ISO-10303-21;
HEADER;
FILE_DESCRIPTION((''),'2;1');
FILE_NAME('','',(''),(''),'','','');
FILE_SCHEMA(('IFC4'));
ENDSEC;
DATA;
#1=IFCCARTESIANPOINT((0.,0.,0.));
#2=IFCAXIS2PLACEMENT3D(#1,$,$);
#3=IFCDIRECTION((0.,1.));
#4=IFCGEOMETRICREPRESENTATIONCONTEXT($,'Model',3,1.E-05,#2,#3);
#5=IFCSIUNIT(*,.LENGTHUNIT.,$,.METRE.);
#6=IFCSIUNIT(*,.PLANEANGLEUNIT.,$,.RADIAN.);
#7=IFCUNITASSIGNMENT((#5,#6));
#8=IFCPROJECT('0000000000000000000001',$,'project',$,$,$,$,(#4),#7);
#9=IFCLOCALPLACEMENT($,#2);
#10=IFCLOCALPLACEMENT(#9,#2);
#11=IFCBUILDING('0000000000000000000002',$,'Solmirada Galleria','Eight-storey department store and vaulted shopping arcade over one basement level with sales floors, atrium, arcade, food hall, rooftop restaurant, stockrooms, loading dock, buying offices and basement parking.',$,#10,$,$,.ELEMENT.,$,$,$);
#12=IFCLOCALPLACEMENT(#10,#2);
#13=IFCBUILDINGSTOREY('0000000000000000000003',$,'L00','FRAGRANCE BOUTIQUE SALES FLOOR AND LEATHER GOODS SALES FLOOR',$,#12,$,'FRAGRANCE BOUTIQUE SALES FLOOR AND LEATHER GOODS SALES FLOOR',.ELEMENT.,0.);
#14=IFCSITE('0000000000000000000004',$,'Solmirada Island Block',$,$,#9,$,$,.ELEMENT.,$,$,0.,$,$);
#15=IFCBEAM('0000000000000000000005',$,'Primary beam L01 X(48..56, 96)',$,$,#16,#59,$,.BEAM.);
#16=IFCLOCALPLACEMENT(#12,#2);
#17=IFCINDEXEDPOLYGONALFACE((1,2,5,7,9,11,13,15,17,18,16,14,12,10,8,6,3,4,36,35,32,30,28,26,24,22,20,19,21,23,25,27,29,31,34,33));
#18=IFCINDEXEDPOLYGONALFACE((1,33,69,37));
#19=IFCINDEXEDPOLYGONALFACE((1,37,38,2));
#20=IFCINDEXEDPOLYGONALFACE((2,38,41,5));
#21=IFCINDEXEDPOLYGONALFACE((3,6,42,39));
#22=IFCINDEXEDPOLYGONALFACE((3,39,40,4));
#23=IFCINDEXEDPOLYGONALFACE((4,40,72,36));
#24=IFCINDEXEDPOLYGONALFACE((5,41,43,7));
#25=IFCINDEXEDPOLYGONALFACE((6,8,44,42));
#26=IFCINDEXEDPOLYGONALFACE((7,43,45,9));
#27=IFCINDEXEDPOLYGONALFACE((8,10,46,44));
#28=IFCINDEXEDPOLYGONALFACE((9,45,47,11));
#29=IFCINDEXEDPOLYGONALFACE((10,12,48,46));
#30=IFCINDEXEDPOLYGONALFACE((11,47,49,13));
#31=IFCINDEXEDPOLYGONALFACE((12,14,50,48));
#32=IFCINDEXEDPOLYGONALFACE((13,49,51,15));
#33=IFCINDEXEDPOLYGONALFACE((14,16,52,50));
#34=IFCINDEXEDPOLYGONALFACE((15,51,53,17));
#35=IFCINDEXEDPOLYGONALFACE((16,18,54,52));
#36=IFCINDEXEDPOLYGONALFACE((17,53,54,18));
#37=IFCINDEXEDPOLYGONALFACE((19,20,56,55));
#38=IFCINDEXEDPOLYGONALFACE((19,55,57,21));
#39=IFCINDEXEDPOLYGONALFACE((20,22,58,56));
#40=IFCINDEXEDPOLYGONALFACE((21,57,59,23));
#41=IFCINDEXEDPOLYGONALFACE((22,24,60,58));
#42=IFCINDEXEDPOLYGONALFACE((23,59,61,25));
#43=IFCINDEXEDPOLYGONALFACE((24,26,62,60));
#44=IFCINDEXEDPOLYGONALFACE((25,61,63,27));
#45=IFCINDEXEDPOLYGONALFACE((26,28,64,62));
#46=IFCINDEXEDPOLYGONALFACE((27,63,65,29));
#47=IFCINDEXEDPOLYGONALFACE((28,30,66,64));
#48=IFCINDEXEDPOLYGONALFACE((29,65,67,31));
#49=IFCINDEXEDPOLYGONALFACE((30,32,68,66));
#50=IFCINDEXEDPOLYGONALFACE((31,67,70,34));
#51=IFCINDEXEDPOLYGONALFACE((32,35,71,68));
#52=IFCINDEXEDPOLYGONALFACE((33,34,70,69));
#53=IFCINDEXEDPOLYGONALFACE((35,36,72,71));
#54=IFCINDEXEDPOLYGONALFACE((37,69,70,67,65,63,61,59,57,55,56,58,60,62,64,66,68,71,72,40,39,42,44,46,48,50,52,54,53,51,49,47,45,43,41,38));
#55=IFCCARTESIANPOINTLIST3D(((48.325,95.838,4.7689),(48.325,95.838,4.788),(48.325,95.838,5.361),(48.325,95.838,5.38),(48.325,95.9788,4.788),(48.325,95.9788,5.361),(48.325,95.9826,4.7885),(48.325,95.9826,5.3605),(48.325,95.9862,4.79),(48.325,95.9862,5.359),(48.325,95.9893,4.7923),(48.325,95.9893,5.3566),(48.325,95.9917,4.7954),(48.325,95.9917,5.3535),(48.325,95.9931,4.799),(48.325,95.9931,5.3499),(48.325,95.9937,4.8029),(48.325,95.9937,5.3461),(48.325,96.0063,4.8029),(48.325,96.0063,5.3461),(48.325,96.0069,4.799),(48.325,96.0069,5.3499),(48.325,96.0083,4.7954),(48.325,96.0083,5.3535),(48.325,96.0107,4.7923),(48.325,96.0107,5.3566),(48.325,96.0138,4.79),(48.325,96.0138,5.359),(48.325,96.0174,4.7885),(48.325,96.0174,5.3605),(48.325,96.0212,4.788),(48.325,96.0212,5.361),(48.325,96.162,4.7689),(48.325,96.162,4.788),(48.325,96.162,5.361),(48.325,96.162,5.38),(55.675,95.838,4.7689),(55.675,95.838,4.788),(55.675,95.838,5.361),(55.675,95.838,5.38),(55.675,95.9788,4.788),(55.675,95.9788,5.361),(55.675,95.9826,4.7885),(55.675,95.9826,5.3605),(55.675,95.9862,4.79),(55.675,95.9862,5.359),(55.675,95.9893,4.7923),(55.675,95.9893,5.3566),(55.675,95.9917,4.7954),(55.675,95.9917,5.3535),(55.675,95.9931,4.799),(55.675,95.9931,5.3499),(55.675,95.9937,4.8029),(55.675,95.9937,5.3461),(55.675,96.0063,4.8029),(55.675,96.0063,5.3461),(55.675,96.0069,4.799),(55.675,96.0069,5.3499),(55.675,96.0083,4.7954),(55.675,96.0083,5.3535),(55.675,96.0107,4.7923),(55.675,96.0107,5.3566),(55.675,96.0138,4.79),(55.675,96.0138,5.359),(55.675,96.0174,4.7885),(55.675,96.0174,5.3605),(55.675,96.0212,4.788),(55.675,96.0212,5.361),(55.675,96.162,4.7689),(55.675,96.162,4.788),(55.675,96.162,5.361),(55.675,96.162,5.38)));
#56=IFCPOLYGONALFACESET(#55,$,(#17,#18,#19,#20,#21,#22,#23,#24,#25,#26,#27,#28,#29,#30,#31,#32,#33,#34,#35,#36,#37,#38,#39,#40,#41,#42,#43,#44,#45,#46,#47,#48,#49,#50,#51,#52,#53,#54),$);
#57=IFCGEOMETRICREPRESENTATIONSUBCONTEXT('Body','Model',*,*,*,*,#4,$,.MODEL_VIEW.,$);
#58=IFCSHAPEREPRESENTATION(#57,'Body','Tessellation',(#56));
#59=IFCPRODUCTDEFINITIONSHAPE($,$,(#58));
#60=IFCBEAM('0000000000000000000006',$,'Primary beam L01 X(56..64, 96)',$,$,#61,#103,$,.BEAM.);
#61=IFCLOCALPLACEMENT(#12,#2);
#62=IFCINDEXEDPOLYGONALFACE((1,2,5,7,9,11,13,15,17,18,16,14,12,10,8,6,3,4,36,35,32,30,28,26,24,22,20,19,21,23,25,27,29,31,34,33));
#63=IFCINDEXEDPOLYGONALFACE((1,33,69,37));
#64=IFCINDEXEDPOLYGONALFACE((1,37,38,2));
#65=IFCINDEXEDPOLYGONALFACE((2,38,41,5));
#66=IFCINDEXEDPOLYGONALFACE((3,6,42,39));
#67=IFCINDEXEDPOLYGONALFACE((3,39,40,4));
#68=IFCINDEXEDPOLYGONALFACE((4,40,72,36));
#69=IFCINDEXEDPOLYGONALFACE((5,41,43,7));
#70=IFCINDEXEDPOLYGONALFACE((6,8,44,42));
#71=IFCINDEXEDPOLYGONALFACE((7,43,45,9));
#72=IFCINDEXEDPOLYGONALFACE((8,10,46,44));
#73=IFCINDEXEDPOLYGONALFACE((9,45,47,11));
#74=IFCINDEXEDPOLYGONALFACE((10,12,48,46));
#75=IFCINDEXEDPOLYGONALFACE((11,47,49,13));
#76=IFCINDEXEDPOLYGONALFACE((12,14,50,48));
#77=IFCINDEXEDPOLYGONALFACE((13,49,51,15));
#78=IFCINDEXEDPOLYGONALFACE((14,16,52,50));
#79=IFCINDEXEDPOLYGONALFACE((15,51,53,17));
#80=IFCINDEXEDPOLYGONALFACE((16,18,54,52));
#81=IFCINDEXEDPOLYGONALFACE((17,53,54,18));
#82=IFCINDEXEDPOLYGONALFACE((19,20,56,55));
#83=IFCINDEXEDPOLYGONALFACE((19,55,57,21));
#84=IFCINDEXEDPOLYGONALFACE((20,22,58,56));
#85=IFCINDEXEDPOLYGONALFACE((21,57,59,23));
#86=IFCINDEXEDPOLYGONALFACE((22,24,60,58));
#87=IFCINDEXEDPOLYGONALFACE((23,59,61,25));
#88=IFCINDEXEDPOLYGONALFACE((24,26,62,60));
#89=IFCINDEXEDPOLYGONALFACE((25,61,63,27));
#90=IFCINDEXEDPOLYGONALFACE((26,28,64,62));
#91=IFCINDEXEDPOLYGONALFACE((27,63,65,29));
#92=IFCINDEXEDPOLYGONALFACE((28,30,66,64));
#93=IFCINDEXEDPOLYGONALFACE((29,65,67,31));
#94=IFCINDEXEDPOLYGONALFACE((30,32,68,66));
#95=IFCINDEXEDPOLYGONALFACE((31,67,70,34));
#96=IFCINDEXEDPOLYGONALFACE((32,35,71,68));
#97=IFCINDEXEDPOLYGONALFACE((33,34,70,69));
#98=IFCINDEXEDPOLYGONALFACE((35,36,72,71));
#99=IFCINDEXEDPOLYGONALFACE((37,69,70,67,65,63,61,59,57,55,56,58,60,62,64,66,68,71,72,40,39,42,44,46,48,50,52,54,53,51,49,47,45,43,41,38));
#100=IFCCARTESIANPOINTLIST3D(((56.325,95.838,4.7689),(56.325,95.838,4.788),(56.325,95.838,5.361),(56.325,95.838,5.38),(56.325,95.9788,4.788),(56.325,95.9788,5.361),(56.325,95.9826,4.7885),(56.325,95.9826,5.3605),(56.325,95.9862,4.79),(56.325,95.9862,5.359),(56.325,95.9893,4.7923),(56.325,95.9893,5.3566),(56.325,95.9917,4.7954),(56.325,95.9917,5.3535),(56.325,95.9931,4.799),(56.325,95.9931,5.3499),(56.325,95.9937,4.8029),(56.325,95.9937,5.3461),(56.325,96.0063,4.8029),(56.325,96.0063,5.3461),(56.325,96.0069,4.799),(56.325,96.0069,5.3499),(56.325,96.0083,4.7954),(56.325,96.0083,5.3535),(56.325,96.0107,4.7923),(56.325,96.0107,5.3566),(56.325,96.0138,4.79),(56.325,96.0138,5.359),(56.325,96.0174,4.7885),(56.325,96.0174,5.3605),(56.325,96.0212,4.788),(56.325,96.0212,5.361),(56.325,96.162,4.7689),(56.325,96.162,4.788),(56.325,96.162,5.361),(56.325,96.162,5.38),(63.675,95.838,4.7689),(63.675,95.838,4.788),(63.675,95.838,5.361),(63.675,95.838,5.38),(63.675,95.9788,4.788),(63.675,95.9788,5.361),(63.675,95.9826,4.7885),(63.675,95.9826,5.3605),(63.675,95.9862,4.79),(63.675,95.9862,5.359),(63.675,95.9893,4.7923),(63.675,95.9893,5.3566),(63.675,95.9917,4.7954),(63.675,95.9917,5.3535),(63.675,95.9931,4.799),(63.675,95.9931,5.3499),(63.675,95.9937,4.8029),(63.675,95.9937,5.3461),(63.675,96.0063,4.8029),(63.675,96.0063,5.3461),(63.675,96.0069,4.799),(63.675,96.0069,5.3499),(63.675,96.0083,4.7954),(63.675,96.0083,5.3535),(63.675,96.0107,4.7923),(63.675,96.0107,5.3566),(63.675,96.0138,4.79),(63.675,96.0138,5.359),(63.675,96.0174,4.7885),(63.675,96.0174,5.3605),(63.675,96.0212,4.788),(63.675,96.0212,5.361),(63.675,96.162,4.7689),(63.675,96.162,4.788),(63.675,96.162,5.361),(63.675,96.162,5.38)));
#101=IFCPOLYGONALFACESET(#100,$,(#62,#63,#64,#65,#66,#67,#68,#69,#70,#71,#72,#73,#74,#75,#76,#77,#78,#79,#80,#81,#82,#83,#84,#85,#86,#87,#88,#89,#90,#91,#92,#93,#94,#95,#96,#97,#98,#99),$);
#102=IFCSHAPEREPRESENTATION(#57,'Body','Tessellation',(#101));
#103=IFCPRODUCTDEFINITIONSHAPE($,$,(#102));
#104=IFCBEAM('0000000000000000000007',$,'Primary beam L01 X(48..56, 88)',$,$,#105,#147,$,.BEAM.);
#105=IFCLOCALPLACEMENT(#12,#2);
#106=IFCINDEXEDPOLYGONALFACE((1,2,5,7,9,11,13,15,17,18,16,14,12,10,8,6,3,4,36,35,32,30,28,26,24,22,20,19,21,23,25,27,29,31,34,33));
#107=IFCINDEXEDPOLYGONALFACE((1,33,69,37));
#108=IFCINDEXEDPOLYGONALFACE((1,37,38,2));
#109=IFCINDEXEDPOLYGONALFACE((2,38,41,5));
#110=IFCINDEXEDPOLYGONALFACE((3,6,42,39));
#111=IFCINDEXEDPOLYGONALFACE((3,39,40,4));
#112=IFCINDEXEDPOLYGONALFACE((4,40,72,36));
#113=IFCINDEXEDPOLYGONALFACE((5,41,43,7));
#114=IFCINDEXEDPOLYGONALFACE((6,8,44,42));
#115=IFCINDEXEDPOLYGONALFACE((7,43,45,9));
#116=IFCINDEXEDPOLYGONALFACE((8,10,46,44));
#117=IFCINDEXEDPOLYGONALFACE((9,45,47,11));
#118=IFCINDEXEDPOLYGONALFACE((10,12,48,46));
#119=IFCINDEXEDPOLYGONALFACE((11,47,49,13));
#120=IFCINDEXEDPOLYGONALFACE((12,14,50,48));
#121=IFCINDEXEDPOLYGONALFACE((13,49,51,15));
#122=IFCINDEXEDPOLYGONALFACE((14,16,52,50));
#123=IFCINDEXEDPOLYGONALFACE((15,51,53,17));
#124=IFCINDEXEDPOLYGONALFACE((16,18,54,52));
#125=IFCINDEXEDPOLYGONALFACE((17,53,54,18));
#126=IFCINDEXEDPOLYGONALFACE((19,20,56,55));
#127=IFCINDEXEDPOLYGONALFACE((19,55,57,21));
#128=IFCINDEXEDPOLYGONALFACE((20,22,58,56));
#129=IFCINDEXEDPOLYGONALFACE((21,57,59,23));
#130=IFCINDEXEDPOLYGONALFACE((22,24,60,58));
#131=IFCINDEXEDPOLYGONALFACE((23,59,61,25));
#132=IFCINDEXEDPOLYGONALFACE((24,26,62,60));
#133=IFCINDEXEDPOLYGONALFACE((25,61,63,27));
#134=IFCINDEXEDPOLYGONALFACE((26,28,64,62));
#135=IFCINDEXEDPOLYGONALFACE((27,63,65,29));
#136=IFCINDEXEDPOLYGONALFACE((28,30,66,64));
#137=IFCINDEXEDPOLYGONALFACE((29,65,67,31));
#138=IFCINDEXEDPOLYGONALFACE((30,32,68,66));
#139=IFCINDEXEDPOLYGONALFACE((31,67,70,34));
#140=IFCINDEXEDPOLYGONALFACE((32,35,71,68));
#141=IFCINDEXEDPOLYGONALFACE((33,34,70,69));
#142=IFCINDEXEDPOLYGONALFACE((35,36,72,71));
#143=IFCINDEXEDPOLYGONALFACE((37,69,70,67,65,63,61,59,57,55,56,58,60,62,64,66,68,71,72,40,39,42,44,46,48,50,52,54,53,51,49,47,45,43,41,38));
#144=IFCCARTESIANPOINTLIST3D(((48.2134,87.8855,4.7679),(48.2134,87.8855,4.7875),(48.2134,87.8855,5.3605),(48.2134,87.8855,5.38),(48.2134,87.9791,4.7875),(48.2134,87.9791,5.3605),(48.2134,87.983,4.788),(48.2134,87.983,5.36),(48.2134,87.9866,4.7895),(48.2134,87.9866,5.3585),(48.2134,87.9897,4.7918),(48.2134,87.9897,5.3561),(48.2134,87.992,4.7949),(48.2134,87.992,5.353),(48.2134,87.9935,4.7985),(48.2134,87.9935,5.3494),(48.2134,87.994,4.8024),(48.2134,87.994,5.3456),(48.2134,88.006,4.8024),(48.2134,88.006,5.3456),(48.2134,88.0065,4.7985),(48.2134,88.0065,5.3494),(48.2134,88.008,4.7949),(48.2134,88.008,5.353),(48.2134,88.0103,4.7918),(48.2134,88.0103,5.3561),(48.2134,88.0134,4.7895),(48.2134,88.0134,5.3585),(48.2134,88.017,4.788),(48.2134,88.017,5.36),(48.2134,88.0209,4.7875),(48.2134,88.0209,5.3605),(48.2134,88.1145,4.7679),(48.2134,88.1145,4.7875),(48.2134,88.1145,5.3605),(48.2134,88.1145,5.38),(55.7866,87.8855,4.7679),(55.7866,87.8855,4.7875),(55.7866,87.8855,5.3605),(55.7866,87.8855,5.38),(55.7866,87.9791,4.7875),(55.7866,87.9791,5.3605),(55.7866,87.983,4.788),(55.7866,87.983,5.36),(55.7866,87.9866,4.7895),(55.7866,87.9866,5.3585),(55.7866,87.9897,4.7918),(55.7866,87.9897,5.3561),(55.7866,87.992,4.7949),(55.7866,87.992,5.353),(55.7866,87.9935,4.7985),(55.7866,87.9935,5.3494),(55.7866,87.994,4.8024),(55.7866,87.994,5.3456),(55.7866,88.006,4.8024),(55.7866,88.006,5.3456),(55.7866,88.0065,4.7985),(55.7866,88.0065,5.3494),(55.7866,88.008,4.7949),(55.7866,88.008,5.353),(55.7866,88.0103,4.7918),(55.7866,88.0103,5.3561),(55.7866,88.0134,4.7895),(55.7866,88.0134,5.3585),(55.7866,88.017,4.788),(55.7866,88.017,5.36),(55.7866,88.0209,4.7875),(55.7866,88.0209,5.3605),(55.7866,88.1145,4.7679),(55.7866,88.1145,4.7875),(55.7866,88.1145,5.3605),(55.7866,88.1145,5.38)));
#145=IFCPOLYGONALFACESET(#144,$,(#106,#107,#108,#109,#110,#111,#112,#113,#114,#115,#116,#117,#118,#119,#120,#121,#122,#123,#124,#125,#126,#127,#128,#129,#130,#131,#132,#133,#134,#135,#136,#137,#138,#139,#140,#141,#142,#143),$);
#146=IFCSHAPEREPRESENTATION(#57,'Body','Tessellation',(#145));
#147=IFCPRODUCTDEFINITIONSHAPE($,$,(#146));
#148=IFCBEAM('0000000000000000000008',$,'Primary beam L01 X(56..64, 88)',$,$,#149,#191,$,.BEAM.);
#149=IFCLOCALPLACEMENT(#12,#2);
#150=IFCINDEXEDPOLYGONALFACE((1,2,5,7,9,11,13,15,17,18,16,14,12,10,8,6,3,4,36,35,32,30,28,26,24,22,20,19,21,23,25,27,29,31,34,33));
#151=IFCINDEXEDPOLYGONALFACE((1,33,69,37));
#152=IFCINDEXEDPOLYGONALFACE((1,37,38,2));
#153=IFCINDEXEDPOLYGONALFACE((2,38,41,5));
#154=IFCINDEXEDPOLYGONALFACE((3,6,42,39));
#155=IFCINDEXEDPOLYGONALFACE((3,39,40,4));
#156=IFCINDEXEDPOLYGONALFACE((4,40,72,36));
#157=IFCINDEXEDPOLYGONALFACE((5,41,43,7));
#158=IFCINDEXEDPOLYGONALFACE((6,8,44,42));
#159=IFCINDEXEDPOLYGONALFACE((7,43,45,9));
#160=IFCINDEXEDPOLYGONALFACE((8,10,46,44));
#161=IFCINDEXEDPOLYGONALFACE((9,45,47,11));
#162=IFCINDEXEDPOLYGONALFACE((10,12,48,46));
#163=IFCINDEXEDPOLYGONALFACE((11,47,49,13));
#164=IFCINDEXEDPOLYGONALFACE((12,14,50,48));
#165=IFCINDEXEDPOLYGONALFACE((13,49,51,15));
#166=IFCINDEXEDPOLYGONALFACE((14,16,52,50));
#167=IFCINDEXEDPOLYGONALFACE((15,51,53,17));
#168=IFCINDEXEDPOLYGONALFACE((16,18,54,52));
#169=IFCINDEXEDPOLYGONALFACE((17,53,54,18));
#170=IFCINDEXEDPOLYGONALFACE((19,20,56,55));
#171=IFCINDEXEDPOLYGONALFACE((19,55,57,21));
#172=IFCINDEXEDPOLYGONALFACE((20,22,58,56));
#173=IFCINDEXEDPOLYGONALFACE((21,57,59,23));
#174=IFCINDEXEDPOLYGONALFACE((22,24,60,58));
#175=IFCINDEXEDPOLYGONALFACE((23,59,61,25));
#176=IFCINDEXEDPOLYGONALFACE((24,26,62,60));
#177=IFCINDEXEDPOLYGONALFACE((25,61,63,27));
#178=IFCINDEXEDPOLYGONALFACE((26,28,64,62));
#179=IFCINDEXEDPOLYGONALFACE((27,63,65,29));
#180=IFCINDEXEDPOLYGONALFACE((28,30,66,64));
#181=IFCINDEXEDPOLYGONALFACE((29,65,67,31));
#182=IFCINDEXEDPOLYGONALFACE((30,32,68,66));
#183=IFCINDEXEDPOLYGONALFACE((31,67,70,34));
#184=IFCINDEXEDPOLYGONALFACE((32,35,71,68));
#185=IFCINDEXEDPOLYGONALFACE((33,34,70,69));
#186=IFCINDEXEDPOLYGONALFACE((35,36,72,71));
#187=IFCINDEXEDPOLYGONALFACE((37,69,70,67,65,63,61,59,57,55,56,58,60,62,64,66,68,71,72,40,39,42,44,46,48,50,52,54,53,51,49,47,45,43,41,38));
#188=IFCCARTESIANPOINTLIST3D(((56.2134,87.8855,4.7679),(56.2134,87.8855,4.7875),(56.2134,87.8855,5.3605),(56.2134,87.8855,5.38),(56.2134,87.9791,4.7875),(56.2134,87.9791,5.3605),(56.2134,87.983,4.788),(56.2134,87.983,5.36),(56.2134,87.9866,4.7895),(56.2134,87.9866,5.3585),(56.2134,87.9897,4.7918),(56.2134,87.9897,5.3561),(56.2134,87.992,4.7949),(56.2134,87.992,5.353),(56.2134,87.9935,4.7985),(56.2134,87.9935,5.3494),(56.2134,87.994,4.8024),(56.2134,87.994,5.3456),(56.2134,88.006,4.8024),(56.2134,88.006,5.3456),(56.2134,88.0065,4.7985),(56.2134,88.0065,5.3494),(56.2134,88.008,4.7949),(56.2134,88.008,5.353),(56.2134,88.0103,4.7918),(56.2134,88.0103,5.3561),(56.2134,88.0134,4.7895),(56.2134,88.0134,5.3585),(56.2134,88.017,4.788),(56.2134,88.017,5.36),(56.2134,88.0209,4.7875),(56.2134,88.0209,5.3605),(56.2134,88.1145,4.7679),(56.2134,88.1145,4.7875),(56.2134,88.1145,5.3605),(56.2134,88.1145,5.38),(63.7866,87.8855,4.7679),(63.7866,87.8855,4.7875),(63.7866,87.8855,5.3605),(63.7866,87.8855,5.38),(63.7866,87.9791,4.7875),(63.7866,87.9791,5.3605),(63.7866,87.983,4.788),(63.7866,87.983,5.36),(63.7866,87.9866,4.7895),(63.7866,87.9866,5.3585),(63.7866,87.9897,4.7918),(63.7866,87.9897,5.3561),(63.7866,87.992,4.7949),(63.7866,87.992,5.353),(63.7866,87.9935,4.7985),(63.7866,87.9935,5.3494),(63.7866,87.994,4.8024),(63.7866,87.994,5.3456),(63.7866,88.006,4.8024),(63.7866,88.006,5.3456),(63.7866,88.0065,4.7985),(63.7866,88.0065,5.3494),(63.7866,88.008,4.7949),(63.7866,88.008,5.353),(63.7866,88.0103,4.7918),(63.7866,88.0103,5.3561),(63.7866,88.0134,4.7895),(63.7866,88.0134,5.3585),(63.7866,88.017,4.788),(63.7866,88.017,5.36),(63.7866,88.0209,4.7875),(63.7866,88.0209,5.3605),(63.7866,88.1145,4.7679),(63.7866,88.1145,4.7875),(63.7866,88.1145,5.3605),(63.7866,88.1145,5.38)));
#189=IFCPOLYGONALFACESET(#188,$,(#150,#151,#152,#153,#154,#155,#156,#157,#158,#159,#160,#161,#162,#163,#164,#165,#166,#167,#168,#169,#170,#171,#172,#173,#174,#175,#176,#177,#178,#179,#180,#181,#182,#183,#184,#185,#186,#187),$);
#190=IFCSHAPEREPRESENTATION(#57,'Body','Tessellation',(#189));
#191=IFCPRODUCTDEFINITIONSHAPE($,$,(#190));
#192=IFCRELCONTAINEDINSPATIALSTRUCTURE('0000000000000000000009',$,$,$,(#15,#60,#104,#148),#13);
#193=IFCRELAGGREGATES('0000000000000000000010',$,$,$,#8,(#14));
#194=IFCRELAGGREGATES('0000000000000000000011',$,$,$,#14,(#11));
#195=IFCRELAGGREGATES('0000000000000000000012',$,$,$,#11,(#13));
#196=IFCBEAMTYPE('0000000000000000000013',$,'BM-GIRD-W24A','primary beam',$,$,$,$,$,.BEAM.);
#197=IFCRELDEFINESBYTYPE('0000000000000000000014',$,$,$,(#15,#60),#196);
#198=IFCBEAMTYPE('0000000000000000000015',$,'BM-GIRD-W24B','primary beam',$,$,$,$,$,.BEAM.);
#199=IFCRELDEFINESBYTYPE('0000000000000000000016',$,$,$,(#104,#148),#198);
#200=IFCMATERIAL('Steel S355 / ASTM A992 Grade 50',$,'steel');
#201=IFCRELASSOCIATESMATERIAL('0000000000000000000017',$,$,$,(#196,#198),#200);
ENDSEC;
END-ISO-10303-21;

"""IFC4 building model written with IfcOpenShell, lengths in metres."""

from ifc_helpers import new_model, si_unit, direction, frame, origin, origin_2d, place, context, subcontext, project, spatial, i_section, extrude, material, material_profile, profile_set, type_object, element, save


model = new_model("IFC4")

# Units and contexts
model_context = context("Model", 3, precision=1e-05, world=origin(), true_north=direction((0.0, 1.0)))
body_context = subcontext(model_context, "Body", "Model", "MODEL_VIEW")
ifc_project = project(units=[si_unit("LENGTHUNIT", "METRE"), si_unit("PLANEANGLEUNIT", "RADIAN")], contexts=[model_context])

# Site, building, storey
site_placement = place(None, origin())
site = spatial("IfcSite", under=ifc_project, at=site_placement, Name="Solmirada Island Block", CompositionType="ELEMENT", RefElevation=0.0)
building_placement = place(site_placement, origin())
building = spatial("IfcBuilding", under=site, at=building_placement, Name="Solmirada Galleria", Description="Eight-storey department store and vaulted shopping arcade over one basement level with sales floors, atrium, arcade, food hall, rooftop restaurant, stockrooms, loading dock, buying offices and basement parking.", CompositionType="ELEMENT")
storey_placement = place(building_placement, origin())
storey = spatial("IfcBuildingStorey", under=building, at=storey_placement, Name="L00", Description="FRAGRANCE BOUTIQUE SALES FLOOR AND LEATHER GOODS SALES FLOOR", LongName="FRAGRANCE BOUTIQUE SALES FLOOR AND LEATHER GOODS SALES FLOOR", CompositionType="ELEMENT", Elevation=0.0)

# Beams
ifc_material_1 = material(Name="Steel S355 / ASTM A992 Grade 50", Category="steel")
ifc_material_profile_1 = material_profile(ifc_material_1, i_section(OverallWidth=0.324, OverallDepth=0.6111, WebThickness=0.0127, FlangeThickness=0.019, FilletRadius=0.0149, at=origin_2d()), Name="W24X104")
ifc_profile_set_1 = profile_set([ifc_material_profile_1], Name="Steel S355 / ASTM A992 Grade 50")
beam_type_1 = type_object("IfcBeamType", Name="BM-GIRD-W24A", Description="primary beam", PredefinedType="BEAM", material=ifc_profile_set_1)
for number, where, z_axis, x_axis, name in (
    (1, (48.325, 96.0, 5.0745), (1.0, 0.0, 0.0), (0.0, 1.0, 0.0), "Primary beam L01 X(48..56, 96)"),
    (2, (56.325, 96.0, 5.0745), (1.0, 0.0, 0.0), (0.0, 1.0, 0.0), "Primary beam L01 X(56..64, 96)"),
):
    element("IfcBeam", number, at=place(storey_placement, frame(where, z_axis=z_axis, x_axis=x_axis)), inside=storey, type_object=beam_type_1, Name=name, PredefinedType="BEAM", context=body_context, shape_type="SweptSolid", body=[
        extrude(i_section(OverallWidth=0.324, OverallDepth=0.6111, WebThickness=0.0127, FlangeThickness=0.019, FilletRadius=0.0149, at=origin_2d()), origin(), (0.0, 0.0, 1.0), 7.3501),
    ])
ifc_material_profile_2 = material_profile(ifc_material_1, i_section(OverallWidth=0.229, OverallDepth=0.6121, WebThickness=0.012, FlangeThickness=0.0195, FilletRadius=0.0149, at=origin_2d()), Name="W24X84")
ifc_profile_set_2 = profile_set([ifc_material_profile_2], Name="Steel S355 / ASTM A992 Grade 50")
beam_type_2 = type_object("IfcBeamType", Name="BM-GIRD-W24B", Description="primary beam", PredefinedType="BEAM", material=ifc_profile_set_2)
for number, where, z_axis, x_axis, name in (
    (3, (48.2134, 88.0, 5.074), (1.0, 0.0, 0.0), (0.0, 1.0, 0.0), "Primary beam L01 X(48..56, 88)"),
    (4, (56.2134, 88.0, 5.074), (1.0, 0.0, 0.0), (0.0, 1.0, 0.0), "Primary beam L01 X(56..64, 88)"),
):
    element("IfcBeam", number, at=place(storey_placement, frame(where, z_axis=z_axis, x_axis=x_axis)), inside=storey, type_object=beam_type_2, Name=name, PredefinedType="BEAM", context=body_context, shape_type="SweptSolid", body=[
        extrude(i_section(OverallWidth=0.229, OverallDepth=0.6121, WebThickness=0.012, FlangeThickness=0.0195, FilletRadius=0.0149, at=origin_2d()), origin(), (0.0, 0.0, 1.0), 7.5732),
    ])

save(model, "model.ifc")
